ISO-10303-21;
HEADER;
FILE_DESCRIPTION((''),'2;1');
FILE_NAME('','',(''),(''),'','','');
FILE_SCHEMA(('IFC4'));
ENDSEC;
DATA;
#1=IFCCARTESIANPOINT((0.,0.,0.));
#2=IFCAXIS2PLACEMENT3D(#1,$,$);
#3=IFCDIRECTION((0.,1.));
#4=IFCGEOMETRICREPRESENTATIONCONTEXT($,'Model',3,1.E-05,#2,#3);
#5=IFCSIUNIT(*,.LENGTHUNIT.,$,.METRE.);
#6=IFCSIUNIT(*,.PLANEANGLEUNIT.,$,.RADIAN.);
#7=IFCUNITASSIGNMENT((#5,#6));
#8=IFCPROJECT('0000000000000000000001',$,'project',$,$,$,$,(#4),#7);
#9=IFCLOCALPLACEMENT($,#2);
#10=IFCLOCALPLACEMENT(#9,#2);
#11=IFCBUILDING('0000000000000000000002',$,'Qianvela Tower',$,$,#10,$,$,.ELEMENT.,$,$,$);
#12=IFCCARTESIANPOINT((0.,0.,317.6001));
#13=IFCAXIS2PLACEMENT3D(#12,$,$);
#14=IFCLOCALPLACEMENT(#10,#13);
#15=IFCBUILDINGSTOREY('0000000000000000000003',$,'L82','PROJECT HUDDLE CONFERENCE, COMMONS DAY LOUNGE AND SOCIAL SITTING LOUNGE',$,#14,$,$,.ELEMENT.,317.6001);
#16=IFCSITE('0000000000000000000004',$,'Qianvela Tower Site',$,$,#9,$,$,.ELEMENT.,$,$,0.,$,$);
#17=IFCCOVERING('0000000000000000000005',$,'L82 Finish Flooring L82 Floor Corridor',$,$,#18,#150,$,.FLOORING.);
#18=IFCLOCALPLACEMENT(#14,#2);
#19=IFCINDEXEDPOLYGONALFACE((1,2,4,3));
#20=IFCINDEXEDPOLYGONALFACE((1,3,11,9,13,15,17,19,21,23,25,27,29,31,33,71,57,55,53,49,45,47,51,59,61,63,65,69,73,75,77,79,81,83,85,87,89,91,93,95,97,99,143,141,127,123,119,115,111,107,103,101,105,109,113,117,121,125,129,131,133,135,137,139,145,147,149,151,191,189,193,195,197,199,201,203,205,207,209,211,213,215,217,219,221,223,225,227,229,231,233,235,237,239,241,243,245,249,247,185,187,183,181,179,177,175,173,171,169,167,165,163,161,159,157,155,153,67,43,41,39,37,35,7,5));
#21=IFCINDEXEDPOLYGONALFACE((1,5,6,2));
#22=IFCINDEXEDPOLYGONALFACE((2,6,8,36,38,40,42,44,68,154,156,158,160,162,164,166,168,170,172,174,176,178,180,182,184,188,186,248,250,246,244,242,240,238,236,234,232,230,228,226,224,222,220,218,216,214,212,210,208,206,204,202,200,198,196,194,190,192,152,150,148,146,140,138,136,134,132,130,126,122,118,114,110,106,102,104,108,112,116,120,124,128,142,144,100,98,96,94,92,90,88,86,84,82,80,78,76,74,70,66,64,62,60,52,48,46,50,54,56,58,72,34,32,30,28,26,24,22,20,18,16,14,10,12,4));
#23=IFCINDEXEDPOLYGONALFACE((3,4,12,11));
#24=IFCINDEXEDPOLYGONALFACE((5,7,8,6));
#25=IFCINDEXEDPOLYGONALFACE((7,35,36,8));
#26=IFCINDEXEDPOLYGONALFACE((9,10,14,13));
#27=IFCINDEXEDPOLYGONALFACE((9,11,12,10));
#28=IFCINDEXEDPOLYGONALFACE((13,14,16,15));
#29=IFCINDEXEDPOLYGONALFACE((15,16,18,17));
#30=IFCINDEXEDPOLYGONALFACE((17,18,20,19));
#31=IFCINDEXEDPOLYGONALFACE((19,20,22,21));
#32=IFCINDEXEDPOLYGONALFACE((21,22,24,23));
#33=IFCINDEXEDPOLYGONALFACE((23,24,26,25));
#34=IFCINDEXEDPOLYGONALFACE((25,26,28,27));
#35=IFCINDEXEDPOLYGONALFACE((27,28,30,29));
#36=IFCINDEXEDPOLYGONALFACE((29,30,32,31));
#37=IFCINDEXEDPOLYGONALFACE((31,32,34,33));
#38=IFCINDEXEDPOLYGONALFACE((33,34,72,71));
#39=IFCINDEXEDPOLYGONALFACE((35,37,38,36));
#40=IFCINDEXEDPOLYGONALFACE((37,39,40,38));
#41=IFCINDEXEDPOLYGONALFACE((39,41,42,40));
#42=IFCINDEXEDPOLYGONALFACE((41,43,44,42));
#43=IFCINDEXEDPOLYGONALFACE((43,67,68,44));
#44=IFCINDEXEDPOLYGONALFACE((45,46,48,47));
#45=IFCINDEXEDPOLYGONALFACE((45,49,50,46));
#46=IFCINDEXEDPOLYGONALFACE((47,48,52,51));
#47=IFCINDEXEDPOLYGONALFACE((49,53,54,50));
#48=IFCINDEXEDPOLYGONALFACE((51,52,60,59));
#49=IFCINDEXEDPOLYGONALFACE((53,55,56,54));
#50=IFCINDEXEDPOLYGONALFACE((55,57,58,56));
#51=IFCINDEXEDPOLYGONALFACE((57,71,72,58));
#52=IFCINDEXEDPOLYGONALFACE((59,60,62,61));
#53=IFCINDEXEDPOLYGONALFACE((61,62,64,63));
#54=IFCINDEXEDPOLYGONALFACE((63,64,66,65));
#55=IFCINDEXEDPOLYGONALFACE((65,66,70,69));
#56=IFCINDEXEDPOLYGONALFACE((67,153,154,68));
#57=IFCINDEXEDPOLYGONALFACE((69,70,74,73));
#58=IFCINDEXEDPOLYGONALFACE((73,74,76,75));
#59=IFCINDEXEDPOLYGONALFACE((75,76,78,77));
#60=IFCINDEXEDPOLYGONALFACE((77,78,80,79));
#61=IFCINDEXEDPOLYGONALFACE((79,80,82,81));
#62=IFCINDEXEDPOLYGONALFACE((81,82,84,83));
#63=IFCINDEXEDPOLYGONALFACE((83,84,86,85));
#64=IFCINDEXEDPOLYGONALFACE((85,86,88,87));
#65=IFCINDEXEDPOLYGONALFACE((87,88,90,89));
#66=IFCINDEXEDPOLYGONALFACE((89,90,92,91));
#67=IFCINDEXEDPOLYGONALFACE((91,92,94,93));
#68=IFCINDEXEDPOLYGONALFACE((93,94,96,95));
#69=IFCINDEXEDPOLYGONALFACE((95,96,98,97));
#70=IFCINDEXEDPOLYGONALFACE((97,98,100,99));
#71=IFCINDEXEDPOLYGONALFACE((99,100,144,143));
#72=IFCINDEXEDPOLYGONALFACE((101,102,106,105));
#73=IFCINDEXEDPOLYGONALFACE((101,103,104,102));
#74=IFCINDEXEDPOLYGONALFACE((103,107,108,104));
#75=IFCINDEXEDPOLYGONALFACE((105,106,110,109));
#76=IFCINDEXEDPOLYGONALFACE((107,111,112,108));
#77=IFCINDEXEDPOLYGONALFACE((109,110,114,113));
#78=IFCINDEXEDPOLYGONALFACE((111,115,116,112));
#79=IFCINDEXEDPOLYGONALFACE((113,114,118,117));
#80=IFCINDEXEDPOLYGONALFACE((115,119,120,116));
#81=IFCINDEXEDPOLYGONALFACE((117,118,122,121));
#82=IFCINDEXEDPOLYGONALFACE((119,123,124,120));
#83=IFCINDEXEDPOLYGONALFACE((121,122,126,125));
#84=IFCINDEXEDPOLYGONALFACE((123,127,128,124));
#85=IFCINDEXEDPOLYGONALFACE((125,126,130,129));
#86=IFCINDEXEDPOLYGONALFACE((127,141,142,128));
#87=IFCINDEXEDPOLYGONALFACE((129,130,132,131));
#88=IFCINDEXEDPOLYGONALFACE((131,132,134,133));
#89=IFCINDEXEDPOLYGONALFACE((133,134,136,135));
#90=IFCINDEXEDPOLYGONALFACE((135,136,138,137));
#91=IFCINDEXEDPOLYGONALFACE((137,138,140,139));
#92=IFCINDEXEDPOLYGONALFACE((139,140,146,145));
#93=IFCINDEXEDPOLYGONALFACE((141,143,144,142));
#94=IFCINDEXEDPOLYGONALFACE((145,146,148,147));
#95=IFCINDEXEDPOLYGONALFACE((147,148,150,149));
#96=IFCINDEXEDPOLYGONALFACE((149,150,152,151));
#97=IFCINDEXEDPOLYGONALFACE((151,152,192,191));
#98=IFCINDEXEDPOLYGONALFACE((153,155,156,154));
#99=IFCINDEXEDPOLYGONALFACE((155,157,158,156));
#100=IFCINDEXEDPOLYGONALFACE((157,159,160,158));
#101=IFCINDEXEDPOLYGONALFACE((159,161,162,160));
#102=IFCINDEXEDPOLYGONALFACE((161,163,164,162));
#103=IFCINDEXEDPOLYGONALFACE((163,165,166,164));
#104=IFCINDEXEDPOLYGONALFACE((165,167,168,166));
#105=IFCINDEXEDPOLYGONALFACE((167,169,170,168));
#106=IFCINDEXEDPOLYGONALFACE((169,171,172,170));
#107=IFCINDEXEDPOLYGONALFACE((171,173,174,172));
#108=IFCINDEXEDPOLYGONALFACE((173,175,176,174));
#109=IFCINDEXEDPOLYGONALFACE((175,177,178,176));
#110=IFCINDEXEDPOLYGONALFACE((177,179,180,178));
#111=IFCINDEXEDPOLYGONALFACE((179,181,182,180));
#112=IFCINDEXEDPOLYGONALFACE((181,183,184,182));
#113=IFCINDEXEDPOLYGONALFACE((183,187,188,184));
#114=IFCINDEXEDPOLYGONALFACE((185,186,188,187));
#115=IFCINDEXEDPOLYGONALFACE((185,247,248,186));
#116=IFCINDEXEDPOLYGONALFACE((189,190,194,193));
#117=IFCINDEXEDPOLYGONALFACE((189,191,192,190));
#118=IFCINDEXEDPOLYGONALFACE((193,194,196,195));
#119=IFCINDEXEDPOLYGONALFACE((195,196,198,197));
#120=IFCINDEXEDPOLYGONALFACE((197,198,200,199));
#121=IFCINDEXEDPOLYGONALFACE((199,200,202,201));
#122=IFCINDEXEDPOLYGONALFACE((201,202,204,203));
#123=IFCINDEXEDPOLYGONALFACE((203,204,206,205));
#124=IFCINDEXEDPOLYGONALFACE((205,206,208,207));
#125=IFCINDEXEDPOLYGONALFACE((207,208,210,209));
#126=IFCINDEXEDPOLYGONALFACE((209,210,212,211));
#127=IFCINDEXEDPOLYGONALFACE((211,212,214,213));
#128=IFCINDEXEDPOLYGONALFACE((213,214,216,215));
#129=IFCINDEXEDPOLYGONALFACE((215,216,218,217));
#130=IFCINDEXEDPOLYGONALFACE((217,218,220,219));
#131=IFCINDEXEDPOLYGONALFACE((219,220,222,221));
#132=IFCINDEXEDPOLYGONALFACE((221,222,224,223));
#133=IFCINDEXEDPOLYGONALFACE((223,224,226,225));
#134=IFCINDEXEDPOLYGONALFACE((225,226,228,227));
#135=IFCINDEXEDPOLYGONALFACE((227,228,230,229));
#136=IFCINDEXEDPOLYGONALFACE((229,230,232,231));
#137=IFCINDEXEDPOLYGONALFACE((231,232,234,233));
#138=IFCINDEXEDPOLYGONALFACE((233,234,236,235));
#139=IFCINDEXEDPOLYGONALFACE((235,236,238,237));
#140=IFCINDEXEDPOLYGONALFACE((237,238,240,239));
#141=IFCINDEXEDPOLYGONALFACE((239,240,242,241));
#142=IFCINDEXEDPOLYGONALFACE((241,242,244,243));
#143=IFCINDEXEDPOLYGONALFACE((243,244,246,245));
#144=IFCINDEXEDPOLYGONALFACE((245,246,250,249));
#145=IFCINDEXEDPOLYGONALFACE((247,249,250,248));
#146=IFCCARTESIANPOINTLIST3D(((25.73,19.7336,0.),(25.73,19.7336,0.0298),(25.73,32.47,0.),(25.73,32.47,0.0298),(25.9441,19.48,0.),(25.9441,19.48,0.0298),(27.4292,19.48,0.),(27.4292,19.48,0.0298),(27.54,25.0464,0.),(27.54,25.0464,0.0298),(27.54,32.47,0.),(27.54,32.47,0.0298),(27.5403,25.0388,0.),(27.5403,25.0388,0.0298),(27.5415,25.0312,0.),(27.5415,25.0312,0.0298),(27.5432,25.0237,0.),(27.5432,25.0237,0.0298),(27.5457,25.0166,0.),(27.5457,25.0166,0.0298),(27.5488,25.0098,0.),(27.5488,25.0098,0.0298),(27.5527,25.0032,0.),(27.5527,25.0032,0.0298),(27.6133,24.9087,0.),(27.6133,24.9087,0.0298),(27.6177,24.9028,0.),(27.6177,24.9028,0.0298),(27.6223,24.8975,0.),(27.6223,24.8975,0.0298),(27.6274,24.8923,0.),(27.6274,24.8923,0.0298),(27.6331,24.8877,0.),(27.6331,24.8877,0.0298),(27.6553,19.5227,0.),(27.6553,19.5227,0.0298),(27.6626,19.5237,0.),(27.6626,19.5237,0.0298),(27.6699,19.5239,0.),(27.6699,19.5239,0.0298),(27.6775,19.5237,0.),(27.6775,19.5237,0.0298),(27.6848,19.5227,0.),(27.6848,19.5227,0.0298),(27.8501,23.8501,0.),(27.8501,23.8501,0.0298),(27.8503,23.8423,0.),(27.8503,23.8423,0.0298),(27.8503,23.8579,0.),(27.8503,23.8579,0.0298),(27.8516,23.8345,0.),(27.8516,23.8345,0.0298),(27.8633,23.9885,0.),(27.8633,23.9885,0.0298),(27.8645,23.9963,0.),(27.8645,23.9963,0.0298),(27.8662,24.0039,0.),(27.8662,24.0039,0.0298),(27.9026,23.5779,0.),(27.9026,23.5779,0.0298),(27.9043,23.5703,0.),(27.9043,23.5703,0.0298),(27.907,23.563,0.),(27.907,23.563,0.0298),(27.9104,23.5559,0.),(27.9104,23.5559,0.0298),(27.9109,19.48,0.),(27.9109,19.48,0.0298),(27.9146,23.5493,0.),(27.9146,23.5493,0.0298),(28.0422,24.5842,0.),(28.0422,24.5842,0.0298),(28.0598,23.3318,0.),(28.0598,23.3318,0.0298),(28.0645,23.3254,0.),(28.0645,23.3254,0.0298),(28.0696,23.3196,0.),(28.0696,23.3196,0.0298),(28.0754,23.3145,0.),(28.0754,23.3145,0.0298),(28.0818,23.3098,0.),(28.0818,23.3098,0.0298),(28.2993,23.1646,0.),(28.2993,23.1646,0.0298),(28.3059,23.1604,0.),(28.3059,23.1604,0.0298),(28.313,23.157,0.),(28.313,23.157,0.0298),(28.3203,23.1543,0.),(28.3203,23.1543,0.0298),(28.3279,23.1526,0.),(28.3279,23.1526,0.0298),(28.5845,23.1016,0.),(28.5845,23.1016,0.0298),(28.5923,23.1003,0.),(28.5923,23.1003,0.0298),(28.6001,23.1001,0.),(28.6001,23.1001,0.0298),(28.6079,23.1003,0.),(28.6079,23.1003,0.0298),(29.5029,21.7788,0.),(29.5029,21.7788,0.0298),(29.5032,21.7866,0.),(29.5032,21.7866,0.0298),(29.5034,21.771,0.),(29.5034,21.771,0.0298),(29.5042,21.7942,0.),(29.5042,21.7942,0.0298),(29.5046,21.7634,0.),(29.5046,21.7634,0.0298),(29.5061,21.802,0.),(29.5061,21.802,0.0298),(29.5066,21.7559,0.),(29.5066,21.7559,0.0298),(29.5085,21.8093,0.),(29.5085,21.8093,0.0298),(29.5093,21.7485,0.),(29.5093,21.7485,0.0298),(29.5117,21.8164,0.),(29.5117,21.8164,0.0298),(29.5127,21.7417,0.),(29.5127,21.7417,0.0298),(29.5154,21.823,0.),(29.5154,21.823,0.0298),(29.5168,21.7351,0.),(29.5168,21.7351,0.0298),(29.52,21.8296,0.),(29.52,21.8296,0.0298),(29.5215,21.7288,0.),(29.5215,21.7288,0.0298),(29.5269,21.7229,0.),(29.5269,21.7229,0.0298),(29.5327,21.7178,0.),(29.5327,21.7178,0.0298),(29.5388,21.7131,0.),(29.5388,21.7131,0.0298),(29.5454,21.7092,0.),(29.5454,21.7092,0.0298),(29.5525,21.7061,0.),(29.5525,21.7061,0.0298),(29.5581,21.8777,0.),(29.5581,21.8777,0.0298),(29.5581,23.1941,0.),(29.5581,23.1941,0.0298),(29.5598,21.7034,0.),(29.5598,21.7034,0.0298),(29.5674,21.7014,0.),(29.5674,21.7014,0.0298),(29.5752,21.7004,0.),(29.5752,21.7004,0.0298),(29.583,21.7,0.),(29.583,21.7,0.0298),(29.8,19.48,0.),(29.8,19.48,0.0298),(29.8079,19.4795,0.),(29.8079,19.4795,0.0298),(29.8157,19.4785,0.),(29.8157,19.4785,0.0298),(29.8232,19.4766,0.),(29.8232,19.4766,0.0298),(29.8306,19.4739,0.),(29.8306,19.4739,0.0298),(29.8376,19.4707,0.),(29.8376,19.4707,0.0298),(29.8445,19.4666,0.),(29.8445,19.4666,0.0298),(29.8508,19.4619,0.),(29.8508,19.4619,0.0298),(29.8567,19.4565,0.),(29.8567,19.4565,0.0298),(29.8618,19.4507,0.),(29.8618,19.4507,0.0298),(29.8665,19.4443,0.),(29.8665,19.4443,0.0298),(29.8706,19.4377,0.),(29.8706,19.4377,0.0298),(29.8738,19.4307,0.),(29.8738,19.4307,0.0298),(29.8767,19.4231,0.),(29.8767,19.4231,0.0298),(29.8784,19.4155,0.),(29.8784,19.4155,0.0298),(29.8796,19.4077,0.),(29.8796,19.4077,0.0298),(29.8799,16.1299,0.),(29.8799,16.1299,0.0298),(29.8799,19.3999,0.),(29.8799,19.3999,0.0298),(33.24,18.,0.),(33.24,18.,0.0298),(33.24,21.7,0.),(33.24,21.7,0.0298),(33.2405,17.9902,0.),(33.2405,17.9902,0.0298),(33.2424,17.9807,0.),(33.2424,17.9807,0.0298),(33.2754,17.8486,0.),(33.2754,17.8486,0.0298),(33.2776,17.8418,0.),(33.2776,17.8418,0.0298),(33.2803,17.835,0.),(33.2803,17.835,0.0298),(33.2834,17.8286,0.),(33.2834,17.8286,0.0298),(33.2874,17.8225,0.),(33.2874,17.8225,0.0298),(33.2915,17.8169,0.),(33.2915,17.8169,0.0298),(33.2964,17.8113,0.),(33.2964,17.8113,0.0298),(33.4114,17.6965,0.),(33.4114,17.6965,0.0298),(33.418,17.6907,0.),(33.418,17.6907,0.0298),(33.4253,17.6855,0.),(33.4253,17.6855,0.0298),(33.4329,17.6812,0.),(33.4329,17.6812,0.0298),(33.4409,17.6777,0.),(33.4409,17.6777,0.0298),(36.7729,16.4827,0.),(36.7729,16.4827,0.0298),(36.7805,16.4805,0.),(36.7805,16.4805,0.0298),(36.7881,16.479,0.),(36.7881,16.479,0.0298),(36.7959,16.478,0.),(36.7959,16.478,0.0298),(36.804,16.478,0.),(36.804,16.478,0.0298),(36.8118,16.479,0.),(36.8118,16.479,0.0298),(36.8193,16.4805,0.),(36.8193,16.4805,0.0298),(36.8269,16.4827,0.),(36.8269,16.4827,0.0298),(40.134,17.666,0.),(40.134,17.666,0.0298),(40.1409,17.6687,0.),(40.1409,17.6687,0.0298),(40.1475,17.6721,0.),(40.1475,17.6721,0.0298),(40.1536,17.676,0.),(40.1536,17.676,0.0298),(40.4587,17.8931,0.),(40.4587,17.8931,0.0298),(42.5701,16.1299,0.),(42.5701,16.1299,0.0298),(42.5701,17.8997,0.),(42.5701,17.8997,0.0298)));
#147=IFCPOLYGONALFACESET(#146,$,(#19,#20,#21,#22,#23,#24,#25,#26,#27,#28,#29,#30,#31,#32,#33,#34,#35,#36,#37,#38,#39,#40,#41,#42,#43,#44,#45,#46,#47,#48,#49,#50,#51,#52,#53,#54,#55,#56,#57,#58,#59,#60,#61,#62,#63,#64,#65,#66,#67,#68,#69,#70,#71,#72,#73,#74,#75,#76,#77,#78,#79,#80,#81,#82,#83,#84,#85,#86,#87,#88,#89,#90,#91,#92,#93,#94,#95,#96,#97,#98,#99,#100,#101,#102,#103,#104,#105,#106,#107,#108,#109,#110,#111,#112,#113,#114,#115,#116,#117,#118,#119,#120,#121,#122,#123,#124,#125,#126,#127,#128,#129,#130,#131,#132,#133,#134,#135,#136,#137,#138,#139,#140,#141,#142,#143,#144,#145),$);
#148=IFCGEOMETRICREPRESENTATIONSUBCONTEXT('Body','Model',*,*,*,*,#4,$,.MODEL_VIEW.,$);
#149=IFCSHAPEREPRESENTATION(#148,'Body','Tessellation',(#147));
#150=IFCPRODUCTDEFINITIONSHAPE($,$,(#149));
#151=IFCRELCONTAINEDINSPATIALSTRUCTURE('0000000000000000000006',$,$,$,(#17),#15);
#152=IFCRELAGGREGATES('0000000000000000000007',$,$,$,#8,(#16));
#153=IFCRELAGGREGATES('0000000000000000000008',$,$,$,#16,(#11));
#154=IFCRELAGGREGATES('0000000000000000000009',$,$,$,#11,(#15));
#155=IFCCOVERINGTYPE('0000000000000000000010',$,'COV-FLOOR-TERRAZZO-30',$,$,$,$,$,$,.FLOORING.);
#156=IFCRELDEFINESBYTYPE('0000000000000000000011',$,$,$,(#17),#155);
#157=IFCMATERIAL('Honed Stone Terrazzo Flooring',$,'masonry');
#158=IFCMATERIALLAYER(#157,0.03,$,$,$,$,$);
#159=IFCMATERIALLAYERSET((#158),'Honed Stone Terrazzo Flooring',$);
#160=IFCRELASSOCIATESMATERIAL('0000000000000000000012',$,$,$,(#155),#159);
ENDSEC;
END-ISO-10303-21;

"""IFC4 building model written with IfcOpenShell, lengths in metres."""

from ifc_helpers import new_model, si_unit, direction, frame, origin, place, context, subcontext, project, spatial, polyline, outline, extrude, material, layer, layer_set, type_object, element, save


model = new_model("IFC4")

# Units and contexts
model_context = context("Model", 3, precision=1e-05, world=origin(), true_north=direction((0.0, 1.0)))
body_context = subcontext(model_context, "Body", "Model", "MODEL_VIEW")
ifc_project = project(units=[si_unit("LENGTHUNIT", "METRE"), si_unit("PLANEANGLEUNIT", "RADIAN")], contexts=[model_context])

# Site, building, storey
site_placement = place(None, origin())
site = spatial("IfcSite", under=ifc_project, at=site_placement, Name="Qianvela Tower Site", CompositionType="ELEMENT", RefElevation=0.0)
building_placement = place(site_placement, origin())
building = spatial("IfcBuilding", under=site, at=building_placement, Name="Qianvela Tower", CompositionType="ELEMENT")
storey_placement = place(building_placement, frame((0.0, 0.0, 317.6001)))
storey = spatial("IfcBuildingStorey", under=building, at=storey_placement, Name="L82", Description="PROJECT HUDDLE CONFERENCE, COMMONS DAY LOUNGE AND SOCIAL SITTING LOUNGE", CompositionType="ELEMENT", Elevation=317.6001)

# Covering
ifc_material_1 = material(Name="Honed Stone Terrazzo Flooring", Category="masonry")
ifc_layer_1 = layer(ifc_material_1, 0.03)
ifc_layer_set_1 = layer_set([ifc_layer_1], Name="Honed Stone Terrazzo Flooring")
covering_type_1 = type_object("IfcCoveringType", Name="COV-FLOOR-TERRAZZO-30", PredefinedType="FLOORING", material=ifc_layer_set_1)
covering_1_placement = place(storey_placement, origin())
element("IfcCovering", 1, at=covering_1_placement, inside=storey, type_object=covering_type_1, Name="L82 Finish Flooring L82 Floor Corridor", PredefinedType="FLOORING", context=body_context, shape_type="SweptSolid", body=[
    extrude(outline(polyline([(25.73, 32.47), (27.54, 32.47), (27.54, 25.0464), (27.5403, 25.0388), (27.5415, 25.0312), (27.5432, 25.0237), (27.5457, 25.0166), (27.5488, 25.0098), (27.5527, 25.0032), (27.6133, 24.9087), (27.6177, 24.9028), (27.6223, 24.8975), (27.6274, 24.8923), (27.6331, 24.8877), (28.0422, 24.5842), (27.8662, 24.0039), (27.8645, 23.9963), (27.8633, 23.9885), (27.8503, 23.8579), (27.8501, 23.8501), (27.8503, 23.8423), (27.8516, 23.8345), (27.9026, 23.5779), (27.9043, 23.5703), (27.907, 23.563), (27.9104, 23.5559), (27.9146, 23.5493), (28.0598, 23.3318), (28.0645, 23.3254), (28.0696, 23.3196), (28.0754, 23.3145), (28.0818, 23.3098), (28.2993, 23.1646), (28.3059, 23.1604), (28.313, 23.157), (28.3203, 23.1543), (28.3279, 23.1526), (28.5845, 23.1016), (28.5923, 23.1003), (28.6001, 23.1001), (28.6079, 23.1003), (29.5581, 23.1941), (29.5581, 21.8777), (29.52, 21.8296), (29.5154, 21.823), (29.5117, 21.8164), (29.5085, 21.8093), (29.5061, 21.802), (29.5042, 21.7942), (29.5032, 21.7866), (29.5029, 21.7788), (29.5034, 21.771), (29.5046, 21.7634), (29.5066, 21.7559), (29.5093, 21.7485), (29.5127, 21.7417), (29.5168, 21.7351), (29.5215, 21.7288), (29.5269, 21.7229), (29.5327, 21.7178), (29.5388, 21.7131), (29.5454, 21.7092), (29.5525, 21.7061), (29.5598, 21.7034), (29.5674, 21.7014), (29.5752, 21.7004), (29.583, 21.7), (33.24, 21.7), (33.24, 18.0), (33.2405, 17.9902), (33.2424, 17.9807), (33.2754, 17.8486), (33.2776, 17.8418), (33.2803, 17.835), (33.2834, 17.8286), (33.2874, 17.8225), (33.2915, 17.8169), (33.2964, 17.8113), (33.4114, 17.6965), (33.418, 17.6907), (33.4253, 17.6855), (33.4329, 17.6812), (33.4409, 17.6777), (36.7729, 16.4827), (36.7805, 16.4805), (36.7881, 16.479), (36.7959, 16.478), (36.804, 16.478), (36.8118, 16.479), (36.8193, 16.4805), (36.8269, 16.4827), (40.134, 17.666), (40.1409, 17.6687), (40.1475, 17.6721), (40.1536, 17.676), (40.4587, 17.8931), (42.5701, 17.8997), (42.5701, 16.1299), (29.8799, 16.1299), (29.8799, 19.3999), (29.8796, 19.4077), (29.8784, 19.4155), (29.8767, 19.4231), (29.8738, 19.4307), (29.8706, 19.4377), (29.8665, 19.4443), (29.8618, 19.4507), (29.8567, 19.4565), (29.8508, 19.4619), (29.8445, 19.4666), (29.8376, 19.4707), (29.8306, 19.4739), (29.8232, 19.4766), (29.8157, 19.4785), (29.8079, 19.4795), (29.8, 19.48), (27.9109, 19.48), (27.6848, 19.5227), (27.6775, 19.5237), (27.6699, 19.5239), (27.6626, 19.5237), (27.6553, 19.5227), (27.4292, 19.48), (25.9441, 19.48), (25.73, 19.7336), (25.73, 32.47)])), origin(), (0.0, 0.0, 1.0), 0.0298),
])

save(model, "model.ifc")
